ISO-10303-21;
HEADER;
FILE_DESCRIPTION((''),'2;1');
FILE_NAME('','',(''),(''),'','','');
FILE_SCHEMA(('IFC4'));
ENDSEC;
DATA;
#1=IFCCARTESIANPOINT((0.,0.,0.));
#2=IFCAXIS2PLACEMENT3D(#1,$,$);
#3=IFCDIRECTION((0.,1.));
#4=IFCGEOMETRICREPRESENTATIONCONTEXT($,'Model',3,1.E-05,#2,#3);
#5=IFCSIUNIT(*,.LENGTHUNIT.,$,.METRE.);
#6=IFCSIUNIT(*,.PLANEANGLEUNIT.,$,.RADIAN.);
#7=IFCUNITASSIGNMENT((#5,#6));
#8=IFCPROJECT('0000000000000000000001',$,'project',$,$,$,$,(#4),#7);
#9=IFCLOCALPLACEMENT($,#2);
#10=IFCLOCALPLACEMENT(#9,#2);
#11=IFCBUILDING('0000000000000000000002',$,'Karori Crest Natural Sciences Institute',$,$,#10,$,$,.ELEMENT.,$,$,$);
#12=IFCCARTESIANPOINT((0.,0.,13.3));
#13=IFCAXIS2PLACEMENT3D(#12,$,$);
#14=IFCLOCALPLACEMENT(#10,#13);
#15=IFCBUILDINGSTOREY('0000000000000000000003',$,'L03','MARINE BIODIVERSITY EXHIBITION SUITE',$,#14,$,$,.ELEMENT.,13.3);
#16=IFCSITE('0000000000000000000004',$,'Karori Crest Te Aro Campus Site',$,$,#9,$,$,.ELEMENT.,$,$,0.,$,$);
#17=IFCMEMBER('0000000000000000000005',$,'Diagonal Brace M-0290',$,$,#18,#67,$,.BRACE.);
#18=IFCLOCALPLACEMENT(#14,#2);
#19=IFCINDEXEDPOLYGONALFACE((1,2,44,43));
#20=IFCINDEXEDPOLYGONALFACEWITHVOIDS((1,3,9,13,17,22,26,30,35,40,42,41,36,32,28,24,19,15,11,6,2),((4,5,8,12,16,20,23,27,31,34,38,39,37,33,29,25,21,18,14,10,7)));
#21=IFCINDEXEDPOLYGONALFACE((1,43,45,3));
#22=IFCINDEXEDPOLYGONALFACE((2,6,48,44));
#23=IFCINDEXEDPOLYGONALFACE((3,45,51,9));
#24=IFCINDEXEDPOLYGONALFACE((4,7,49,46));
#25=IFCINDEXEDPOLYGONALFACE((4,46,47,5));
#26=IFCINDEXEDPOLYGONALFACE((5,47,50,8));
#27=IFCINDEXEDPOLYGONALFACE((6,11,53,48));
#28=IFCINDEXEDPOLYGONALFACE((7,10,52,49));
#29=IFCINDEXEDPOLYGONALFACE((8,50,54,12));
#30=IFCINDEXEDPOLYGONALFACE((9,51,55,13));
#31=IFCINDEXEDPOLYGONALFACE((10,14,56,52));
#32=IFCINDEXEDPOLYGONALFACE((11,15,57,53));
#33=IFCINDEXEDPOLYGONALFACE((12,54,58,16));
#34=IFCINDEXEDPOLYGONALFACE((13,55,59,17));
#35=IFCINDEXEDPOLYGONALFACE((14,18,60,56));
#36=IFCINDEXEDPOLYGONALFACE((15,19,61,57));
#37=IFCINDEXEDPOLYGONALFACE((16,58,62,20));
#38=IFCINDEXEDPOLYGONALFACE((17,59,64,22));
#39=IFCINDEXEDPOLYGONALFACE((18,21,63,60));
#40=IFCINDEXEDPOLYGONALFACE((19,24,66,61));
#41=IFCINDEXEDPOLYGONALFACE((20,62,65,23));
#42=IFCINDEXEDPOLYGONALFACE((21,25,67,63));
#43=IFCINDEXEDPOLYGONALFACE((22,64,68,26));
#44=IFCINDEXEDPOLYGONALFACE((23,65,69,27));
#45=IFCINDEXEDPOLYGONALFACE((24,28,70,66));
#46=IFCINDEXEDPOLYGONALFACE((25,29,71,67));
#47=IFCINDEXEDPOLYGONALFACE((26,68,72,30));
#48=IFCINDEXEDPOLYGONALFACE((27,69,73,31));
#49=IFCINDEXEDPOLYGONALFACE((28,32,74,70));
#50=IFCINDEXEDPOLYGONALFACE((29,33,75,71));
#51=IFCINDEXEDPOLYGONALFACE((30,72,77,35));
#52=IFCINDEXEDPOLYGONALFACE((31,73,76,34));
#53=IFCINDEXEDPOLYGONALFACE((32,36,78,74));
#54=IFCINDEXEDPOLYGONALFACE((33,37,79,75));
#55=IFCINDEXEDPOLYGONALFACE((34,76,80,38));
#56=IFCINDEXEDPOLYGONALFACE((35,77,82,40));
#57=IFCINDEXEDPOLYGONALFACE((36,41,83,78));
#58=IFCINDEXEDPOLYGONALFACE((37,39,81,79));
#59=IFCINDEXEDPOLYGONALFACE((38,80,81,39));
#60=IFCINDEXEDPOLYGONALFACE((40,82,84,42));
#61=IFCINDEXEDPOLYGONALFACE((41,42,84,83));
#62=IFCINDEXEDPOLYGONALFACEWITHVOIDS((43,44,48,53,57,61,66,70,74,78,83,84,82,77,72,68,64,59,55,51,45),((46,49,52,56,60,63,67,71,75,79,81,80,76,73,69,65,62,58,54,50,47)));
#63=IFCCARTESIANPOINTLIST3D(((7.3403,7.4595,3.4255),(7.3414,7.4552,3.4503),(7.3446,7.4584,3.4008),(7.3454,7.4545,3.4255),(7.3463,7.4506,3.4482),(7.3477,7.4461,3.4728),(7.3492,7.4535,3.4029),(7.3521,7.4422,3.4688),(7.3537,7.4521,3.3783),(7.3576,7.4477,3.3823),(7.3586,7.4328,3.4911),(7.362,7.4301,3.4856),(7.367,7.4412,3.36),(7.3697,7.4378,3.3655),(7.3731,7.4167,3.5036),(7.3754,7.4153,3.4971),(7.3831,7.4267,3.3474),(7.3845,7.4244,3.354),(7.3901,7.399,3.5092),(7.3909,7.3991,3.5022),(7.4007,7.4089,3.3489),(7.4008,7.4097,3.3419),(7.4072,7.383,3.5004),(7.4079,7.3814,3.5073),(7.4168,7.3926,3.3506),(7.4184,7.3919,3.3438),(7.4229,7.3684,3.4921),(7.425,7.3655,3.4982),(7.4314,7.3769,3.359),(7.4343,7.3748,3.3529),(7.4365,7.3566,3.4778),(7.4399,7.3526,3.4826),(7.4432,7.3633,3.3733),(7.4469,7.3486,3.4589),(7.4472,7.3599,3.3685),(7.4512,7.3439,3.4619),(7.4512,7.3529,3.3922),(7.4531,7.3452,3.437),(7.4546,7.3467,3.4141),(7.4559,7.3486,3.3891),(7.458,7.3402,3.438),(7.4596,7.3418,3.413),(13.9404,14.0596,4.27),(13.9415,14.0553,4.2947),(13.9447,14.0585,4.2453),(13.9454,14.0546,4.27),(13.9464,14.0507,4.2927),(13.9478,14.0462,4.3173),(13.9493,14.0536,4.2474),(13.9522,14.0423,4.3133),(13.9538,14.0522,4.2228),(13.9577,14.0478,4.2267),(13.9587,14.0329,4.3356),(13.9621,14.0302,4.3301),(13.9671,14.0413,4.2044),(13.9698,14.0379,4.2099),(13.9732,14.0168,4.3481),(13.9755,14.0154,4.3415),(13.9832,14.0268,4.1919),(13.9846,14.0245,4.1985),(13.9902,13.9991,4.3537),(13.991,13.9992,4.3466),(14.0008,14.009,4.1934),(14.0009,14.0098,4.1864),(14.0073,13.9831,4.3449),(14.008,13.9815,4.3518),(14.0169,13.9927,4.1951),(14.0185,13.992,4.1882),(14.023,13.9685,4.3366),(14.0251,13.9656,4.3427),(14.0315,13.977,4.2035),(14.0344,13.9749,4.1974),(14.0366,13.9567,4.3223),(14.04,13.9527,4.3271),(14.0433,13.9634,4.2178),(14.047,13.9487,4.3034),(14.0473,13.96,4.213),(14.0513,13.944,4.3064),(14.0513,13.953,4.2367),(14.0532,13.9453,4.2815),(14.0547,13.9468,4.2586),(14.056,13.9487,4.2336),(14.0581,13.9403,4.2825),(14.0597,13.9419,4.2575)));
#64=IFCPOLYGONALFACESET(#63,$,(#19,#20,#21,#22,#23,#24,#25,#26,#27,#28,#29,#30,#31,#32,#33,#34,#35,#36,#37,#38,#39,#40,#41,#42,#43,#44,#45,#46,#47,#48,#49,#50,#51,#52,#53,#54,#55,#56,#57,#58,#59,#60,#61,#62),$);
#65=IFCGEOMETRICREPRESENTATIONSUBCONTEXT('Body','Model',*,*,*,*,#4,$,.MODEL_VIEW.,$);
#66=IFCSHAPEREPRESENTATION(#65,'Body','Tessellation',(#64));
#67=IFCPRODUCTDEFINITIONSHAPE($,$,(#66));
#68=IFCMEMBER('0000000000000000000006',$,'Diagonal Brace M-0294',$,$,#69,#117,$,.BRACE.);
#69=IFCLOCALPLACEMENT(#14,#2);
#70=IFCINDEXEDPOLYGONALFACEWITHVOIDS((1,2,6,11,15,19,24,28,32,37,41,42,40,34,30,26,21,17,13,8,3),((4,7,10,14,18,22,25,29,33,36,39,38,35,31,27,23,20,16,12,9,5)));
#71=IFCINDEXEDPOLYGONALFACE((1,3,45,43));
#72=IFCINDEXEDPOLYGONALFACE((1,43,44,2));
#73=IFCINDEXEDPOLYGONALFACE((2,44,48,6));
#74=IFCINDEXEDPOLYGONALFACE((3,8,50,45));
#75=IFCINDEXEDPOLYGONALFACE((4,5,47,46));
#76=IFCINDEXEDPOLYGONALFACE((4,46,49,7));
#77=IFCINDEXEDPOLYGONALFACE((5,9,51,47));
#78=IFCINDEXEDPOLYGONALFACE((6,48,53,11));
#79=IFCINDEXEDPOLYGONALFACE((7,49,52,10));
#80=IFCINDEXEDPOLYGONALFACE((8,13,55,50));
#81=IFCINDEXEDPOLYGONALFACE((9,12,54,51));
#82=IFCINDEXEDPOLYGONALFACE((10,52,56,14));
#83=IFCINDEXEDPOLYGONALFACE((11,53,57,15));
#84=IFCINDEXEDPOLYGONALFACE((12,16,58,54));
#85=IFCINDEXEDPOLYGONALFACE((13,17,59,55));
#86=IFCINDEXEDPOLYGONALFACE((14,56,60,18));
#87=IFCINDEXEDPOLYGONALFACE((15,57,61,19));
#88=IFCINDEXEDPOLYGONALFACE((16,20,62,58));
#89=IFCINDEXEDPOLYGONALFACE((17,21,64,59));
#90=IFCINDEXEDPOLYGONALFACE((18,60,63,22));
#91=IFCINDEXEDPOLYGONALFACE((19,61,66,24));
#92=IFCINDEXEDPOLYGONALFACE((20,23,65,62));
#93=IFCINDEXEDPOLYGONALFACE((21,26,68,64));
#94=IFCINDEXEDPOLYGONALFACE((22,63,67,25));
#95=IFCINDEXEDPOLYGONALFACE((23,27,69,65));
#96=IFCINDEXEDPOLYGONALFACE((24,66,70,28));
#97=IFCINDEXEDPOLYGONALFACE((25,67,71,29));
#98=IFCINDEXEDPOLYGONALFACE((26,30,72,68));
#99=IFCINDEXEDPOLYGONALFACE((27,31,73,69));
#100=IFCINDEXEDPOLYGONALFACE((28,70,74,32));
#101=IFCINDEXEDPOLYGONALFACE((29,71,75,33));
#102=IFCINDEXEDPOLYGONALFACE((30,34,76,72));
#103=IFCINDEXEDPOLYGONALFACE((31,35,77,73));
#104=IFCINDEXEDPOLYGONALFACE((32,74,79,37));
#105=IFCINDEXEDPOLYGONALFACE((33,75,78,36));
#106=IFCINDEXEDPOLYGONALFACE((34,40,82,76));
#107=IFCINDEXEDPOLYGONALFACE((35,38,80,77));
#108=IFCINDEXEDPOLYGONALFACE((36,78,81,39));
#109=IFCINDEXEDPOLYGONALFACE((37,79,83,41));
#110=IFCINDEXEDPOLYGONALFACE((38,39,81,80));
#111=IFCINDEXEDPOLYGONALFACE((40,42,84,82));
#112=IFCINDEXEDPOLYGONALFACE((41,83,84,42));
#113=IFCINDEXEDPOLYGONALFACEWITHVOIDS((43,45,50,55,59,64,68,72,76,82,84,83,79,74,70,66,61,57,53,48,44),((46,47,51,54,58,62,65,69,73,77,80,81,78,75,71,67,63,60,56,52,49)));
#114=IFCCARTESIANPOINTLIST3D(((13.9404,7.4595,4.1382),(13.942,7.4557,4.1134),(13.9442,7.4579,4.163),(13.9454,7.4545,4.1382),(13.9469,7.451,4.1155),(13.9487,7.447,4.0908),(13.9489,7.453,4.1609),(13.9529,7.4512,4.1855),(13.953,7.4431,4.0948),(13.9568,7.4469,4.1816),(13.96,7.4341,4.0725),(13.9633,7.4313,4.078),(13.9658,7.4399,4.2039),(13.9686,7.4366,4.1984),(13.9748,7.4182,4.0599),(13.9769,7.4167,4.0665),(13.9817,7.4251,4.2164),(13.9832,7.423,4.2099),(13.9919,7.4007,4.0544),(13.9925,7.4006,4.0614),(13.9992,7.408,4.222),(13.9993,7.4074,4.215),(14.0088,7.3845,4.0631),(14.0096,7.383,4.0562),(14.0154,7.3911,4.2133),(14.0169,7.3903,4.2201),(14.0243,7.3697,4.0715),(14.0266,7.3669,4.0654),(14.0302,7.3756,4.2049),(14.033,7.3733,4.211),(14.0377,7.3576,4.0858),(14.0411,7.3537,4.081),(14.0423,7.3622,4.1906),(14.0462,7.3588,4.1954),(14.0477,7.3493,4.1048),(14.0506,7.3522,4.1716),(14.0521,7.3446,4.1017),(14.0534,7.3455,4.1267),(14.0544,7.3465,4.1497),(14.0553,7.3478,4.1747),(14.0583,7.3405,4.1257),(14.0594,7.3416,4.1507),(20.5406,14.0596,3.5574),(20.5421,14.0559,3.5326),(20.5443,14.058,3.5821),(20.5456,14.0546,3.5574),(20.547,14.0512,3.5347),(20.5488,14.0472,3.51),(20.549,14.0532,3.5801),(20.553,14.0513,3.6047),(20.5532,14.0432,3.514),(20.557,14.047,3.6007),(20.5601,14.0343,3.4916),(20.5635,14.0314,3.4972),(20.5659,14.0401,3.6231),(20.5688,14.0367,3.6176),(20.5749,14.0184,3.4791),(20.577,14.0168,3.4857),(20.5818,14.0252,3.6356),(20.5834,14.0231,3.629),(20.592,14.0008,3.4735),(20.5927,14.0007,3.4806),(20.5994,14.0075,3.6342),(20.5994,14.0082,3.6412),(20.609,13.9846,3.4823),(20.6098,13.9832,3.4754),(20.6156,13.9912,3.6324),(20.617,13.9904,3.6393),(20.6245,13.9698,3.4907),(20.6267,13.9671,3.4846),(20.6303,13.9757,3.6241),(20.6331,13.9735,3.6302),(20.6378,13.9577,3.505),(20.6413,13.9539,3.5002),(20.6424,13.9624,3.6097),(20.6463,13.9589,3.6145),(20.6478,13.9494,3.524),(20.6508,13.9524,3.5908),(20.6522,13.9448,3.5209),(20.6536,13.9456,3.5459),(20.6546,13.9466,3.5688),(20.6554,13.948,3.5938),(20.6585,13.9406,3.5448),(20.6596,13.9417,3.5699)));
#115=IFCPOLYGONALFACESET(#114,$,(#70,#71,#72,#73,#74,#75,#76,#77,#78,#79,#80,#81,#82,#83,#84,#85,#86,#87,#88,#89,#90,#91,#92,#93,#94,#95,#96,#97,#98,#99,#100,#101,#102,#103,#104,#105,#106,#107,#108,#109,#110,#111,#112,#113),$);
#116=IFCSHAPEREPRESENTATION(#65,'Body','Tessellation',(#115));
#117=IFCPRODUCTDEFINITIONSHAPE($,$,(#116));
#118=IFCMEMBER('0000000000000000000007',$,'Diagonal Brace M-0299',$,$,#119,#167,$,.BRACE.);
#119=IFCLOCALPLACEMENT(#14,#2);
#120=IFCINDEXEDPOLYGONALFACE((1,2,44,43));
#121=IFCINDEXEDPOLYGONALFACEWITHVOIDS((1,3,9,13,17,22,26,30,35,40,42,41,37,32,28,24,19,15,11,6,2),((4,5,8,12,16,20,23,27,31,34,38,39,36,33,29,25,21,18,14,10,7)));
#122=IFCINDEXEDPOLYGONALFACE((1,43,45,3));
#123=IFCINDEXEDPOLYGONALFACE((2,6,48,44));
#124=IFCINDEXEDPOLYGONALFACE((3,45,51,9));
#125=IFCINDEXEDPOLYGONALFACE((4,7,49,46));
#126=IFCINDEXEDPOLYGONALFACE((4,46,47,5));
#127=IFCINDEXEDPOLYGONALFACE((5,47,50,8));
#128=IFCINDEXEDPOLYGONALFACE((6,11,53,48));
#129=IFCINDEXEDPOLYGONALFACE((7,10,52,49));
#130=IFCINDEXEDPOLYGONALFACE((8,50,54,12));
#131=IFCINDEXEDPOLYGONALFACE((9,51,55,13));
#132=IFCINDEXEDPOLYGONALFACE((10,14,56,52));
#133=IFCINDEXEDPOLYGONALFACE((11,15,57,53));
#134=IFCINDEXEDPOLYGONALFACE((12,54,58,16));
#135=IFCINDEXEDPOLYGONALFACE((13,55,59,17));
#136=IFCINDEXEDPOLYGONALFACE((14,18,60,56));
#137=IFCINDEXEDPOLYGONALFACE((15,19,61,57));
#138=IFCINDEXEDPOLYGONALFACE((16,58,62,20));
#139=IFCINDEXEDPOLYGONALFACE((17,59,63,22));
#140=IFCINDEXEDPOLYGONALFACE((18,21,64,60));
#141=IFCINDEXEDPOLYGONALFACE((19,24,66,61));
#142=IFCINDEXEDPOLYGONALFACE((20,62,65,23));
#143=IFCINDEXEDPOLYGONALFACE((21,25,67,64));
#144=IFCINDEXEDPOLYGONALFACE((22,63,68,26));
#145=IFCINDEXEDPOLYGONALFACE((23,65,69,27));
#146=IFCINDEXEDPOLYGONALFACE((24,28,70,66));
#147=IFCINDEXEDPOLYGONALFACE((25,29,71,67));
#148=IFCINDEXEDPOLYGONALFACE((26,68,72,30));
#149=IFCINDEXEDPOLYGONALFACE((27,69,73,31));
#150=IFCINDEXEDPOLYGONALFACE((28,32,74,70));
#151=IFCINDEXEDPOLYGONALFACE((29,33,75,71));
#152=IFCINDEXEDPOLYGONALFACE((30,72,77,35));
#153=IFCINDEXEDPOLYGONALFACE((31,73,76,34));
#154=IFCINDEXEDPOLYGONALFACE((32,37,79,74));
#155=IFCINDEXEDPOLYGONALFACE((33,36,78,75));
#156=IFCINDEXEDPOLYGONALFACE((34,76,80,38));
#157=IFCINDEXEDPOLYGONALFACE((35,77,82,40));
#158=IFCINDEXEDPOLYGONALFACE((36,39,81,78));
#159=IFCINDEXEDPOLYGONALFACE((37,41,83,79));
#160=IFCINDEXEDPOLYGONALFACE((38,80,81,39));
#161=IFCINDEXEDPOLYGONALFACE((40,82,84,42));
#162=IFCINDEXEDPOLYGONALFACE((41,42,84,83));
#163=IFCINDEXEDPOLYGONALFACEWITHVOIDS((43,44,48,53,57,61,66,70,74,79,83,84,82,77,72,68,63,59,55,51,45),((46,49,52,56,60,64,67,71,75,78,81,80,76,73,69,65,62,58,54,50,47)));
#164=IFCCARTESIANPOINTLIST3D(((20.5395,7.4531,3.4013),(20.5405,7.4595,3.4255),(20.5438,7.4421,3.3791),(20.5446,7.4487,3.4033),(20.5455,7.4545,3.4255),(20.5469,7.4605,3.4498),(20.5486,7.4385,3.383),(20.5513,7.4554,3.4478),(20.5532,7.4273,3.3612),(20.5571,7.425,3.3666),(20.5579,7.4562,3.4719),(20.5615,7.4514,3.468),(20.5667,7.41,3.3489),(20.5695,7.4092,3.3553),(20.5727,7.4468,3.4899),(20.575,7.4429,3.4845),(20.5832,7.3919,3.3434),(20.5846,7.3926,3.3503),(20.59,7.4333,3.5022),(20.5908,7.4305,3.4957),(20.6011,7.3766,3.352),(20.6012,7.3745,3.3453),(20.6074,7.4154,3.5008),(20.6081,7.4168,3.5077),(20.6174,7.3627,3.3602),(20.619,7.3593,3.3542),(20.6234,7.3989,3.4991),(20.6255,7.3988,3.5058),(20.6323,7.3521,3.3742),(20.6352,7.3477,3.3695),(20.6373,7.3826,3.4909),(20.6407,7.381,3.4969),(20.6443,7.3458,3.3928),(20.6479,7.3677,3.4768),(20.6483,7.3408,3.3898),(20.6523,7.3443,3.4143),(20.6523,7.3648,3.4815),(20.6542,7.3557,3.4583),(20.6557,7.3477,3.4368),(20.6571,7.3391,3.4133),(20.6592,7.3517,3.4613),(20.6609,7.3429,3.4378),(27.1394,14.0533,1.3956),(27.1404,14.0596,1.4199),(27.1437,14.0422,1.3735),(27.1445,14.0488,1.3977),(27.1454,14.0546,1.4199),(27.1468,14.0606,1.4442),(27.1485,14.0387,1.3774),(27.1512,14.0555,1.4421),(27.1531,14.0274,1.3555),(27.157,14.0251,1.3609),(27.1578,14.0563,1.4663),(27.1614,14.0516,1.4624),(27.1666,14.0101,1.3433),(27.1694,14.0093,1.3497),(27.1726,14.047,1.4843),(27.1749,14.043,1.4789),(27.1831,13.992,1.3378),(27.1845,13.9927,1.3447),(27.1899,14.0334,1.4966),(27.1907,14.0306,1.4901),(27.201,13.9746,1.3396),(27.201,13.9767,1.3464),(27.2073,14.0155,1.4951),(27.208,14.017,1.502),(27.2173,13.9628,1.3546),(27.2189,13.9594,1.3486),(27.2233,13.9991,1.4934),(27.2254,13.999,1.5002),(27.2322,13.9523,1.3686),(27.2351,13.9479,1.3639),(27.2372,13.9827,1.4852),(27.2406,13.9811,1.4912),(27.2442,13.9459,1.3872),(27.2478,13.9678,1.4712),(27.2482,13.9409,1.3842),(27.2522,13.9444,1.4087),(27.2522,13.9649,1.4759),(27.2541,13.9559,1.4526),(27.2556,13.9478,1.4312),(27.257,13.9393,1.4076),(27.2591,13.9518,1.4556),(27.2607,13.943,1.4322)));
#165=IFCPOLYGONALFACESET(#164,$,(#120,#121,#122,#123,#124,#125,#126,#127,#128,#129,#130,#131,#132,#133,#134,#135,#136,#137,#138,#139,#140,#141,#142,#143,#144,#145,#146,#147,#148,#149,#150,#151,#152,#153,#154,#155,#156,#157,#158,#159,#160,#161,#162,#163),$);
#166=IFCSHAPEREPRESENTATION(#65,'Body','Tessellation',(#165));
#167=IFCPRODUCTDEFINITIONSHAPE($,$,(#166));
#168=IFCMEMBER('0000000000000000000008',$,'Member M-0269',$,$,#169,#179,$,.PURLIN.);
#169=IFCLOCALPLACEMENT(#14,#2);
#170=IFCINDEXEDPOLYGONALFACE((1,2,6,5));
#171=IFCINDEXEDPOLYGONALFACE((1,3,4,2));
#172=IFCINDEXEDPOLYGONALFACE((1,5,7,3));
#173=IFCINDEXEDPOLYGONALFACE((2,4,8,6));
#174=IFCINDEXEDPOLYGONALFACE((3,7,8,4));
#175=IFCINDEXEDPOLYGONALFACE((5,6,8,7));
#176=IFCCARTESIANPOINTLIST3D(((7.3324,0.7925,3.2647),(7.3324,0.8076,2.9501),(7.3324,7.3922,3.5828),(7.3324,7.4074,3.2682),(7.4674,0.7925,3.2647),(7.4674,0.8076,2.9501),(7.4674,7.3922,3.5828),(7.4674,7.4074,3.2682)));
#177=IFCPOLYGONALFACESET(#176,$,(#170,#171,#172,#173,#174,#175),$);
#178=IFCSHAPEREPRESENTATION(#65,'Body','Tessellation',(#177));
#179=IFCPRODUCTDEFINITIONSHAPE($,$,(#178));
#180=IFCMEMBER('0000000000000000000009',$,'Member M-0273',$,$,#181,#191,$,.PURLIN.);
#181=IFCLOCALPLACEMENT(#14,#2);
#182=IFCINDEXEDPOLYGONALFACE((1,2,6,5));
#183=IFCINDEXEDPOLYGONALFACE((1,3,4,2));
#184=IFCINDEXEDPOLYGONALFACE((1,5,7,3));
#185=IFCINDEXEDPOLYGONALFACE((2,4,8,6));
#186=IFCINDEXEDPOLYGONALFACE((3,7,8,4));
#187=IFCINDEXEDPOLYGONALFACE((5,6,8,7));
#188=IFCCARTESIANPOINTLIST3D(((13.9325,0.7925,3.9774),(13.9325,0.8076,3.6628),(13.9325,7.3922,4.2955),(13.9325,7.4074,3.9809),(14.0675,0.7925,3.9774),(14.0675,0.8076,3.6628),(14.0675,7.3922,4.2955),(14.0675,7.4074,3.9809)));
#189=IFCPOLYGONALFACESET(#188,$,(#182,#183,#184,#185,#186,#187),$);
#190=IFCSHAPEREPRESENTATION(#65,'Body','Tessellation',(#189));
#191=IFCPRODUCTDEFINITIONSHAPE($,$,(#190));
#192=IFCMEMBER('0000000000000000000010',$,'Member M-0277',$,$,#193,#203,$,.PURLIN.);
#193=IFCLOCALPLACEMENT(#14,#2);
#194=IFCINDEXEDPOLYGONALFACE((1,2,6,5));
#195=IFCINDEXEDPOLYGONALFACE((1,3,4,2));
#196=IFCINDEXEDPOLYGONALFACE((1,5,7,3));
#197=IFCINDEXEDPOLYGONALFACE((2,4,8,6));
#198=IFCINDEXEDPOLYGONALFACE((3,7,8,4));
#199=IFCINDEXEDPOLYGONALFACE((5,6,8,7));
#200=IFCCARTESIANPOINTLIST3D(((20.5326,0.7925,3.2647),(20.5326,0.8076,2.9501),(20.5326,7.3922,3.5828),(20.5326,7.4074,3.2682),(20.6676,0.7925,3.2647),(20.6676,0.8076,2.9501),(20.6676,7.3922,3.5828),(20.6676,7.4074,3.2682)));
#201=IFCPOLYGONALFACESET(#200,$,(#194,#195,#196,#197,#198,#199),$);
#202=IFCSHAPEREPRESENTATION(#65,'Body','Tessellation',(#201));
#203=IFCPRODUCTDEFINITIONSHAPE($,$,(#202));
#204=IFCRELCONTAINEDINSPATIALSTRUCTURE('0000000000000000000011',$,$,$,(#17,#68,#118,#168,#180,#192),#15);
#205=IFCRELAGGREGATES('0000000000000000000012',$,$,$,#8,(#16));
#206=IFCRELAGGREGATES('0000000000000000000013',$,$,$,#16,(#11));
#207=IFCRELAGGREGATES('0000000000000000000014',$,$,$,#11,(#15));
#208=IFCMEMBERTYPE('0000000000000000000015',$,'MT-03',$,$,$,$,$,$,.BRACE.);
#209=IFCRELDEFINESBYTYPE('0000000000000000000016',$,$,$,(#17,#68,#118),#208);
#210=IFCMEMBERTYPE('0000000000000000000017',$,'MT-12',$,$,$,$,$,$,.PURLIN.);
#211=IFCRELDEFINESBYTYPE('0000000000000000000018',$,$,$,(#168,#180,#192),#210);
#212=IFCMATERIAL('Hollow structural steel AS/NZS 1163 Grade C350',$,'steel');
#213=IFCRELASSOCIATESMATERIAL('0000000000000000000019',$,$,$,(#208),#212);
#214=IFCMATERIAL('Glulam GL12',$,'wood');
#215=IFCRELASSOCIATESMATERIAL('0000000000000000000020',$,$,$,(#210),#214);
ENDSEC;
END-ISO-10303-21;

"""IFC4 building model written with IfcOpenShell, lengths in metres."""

from ifc_helpers import new_model, si_unit, direction, frame, origin, origin_2d, place, context, subcontext, project, spatial, rectangle, hollow_circle, extrude, material, material_profile, profile_set, type_object, element, save


model = new_model("IFC4")

# Units and contexts
model_context = context("Model", 3, precision=1e-05, world=origin(), true_north=direction((0.0, 1.0)))
body_context = subcontext(model_context, "Body", "Model", "MODEL_VIEW")
ifc_project = project(units=[si_unit("LENGTHUNIT", "METRE"), si_unit("PLANEANGLEUNIT", "RADIAN")], contexts=[model_context])

# Site, building, storey
site_placement = place(None, origin())
site = spatial("IfcSite", under=ifc_project, at=site_placement, Name="Karori Crest Te Aro Campus Site", CompositionType="ELEMENT", RefElevation=0.0)
building_placement = place(site_placement, origin())
building = spatial("IfcBuilding", under=site, at=building_placement, Name="Karori Crest Natural Sciences Institute", CompositionType="ELEMENT")
storey_placement = place(building_placement, frame((0.0, 0.0, 13.3)))
storey = spatial("IfcBuildingStorey", under=building, at=storey_placement, Name="L03", Description="MARINE BIODIVERSITY EXHIBITION SUITE", CompositionType="ELEMENT", Elevation=13.3)

# Members
ifc_material_1 = material(Name="Hollow structural steel AS/NZS 1163 Grade C350", Category="steel")
ifc_material_profile_1 = material_profile(ifc_material_1, hollow_circle(Radius=0.0842, WallThickness=0.0071, at=origin_2d()), Name="CHS168.3x7.1")
ifc_profile_set_1 = profile_set([ifc_material_profile_1], Name="Hollow structural steel AS/NZS 1163 Grade C350")
member_type_1 = type_object("IfcMemberType", Name="MT-03", PredefinedType="BRACE", material=ifc_profile_set_1)
member_1_placement = place(storey_placement, frame((7.3999, 7.3999, 3.4255), z_axis=(0.70423, 0.70423, 0.090106), x_axis=(-0.707107, 0.707107, 0.0)))
element("IfcMember", 1, at=member_1_placement, inside=storey, type_object=member_type_1, Name="Diagonal Brace M-0290", PredefinedType="BRACE", context=body_context, shape_type="SweptSolid", body=[
    extrude(hollow_circle(Radius=0.0842, WallThickness=0.0071, at=origin_2d()), origin(), (0.0, 0.0, 1.0), 9.3721),
])
member_2_placement = place(storey_placement, frame((14.0, 7.3999, 4.1382), z_axis=(0.705742, 0.705742, -0.062105), x_axis=(-0.707107, 0.707107, 0.0)))
element("IfcMember", 2, at=member_2_placement, inside=storey, type_object=member_type_1, Name="Diagonal Brace M-0294", PredefinedType="BRACE", context=body_context, shape_type="SweptSolid", body=[
    extrude(hollow_circle(Radius=0.0842, WallThickness=0.0071, at=origin_2d()), origin(), (0.0, 0.0, 1.0), 9.3521),
])
member_3_placement = place(storey_placement, frame((20.6001, 7.3999, 3.4255), z_axis=(0.691314, 0.69134, -0.210082), x_axis=(-0.70712, 0.707094, 0.0)))
element("IfcMember", 3, at=member_3_placement, inside=storey, type_object=member_type_1, Name="Diagonal Brace M-0299", PredefinedType="BRACE", context=body_context, shape_type="SweptSolid", body=[
    extrude(hollow_circle(Radius=0.0842, WallThickness=0.0071, at=origin_2d()), origin(), (0.0, 0.0, 1.0), 9.5469),
])
ifc_material_2 = material(Name="Glulam GL12", Category="wood")
ifc_material_profile_2 = material_profile(ifc_material_2, rectangle(XDim=0.135, YDim=0.3149, at=origin_2d()), Name="GL135x315")
ifc_profile_set_2 = profile_set([ifc_material_profile_2], Name="Glulam GL12")
member_type_2 = type_object("IfcMemberType", Name="MT-12", PredefinedType="PURLIN", material=ifc_profile_set_2)
for number, where, z_axis, x_axis, name in (
    (4, (7.3999, 0.8, 3.1074), (0.0, 0.99884, 0.048144), (-1.0, 0.0, 0.0), "Member M-0269"),
    (5, (14.0, 0.8, 3.8201), (0.0, 0.99884, 0.048144), (-1.0, 0.0, 0.0), "Member M-0273"),
    (6, (20.6001, 0.8, 3.1074), (0.0, 0.99884, 0.048144), (-1.0, 0.0, 0.0), "Member M-0277"),
):
    element("IfcMember", number, at=place(storey_placement, frame(where, z_axis=z_axis, x_axis=x_axis)), inside=storey, type_object=member_type_2, Name=name, PredefinedType="PURLIN", context=body_context, shape_type="SweptSolid", body=[
        extrude(rectangle(XDim=0.135, YDim=0.3149, at=origin_2d()), origin(), (0.0, 0.0, 1.0), 6.6074),
    ])

save(model, "model.ifc")
